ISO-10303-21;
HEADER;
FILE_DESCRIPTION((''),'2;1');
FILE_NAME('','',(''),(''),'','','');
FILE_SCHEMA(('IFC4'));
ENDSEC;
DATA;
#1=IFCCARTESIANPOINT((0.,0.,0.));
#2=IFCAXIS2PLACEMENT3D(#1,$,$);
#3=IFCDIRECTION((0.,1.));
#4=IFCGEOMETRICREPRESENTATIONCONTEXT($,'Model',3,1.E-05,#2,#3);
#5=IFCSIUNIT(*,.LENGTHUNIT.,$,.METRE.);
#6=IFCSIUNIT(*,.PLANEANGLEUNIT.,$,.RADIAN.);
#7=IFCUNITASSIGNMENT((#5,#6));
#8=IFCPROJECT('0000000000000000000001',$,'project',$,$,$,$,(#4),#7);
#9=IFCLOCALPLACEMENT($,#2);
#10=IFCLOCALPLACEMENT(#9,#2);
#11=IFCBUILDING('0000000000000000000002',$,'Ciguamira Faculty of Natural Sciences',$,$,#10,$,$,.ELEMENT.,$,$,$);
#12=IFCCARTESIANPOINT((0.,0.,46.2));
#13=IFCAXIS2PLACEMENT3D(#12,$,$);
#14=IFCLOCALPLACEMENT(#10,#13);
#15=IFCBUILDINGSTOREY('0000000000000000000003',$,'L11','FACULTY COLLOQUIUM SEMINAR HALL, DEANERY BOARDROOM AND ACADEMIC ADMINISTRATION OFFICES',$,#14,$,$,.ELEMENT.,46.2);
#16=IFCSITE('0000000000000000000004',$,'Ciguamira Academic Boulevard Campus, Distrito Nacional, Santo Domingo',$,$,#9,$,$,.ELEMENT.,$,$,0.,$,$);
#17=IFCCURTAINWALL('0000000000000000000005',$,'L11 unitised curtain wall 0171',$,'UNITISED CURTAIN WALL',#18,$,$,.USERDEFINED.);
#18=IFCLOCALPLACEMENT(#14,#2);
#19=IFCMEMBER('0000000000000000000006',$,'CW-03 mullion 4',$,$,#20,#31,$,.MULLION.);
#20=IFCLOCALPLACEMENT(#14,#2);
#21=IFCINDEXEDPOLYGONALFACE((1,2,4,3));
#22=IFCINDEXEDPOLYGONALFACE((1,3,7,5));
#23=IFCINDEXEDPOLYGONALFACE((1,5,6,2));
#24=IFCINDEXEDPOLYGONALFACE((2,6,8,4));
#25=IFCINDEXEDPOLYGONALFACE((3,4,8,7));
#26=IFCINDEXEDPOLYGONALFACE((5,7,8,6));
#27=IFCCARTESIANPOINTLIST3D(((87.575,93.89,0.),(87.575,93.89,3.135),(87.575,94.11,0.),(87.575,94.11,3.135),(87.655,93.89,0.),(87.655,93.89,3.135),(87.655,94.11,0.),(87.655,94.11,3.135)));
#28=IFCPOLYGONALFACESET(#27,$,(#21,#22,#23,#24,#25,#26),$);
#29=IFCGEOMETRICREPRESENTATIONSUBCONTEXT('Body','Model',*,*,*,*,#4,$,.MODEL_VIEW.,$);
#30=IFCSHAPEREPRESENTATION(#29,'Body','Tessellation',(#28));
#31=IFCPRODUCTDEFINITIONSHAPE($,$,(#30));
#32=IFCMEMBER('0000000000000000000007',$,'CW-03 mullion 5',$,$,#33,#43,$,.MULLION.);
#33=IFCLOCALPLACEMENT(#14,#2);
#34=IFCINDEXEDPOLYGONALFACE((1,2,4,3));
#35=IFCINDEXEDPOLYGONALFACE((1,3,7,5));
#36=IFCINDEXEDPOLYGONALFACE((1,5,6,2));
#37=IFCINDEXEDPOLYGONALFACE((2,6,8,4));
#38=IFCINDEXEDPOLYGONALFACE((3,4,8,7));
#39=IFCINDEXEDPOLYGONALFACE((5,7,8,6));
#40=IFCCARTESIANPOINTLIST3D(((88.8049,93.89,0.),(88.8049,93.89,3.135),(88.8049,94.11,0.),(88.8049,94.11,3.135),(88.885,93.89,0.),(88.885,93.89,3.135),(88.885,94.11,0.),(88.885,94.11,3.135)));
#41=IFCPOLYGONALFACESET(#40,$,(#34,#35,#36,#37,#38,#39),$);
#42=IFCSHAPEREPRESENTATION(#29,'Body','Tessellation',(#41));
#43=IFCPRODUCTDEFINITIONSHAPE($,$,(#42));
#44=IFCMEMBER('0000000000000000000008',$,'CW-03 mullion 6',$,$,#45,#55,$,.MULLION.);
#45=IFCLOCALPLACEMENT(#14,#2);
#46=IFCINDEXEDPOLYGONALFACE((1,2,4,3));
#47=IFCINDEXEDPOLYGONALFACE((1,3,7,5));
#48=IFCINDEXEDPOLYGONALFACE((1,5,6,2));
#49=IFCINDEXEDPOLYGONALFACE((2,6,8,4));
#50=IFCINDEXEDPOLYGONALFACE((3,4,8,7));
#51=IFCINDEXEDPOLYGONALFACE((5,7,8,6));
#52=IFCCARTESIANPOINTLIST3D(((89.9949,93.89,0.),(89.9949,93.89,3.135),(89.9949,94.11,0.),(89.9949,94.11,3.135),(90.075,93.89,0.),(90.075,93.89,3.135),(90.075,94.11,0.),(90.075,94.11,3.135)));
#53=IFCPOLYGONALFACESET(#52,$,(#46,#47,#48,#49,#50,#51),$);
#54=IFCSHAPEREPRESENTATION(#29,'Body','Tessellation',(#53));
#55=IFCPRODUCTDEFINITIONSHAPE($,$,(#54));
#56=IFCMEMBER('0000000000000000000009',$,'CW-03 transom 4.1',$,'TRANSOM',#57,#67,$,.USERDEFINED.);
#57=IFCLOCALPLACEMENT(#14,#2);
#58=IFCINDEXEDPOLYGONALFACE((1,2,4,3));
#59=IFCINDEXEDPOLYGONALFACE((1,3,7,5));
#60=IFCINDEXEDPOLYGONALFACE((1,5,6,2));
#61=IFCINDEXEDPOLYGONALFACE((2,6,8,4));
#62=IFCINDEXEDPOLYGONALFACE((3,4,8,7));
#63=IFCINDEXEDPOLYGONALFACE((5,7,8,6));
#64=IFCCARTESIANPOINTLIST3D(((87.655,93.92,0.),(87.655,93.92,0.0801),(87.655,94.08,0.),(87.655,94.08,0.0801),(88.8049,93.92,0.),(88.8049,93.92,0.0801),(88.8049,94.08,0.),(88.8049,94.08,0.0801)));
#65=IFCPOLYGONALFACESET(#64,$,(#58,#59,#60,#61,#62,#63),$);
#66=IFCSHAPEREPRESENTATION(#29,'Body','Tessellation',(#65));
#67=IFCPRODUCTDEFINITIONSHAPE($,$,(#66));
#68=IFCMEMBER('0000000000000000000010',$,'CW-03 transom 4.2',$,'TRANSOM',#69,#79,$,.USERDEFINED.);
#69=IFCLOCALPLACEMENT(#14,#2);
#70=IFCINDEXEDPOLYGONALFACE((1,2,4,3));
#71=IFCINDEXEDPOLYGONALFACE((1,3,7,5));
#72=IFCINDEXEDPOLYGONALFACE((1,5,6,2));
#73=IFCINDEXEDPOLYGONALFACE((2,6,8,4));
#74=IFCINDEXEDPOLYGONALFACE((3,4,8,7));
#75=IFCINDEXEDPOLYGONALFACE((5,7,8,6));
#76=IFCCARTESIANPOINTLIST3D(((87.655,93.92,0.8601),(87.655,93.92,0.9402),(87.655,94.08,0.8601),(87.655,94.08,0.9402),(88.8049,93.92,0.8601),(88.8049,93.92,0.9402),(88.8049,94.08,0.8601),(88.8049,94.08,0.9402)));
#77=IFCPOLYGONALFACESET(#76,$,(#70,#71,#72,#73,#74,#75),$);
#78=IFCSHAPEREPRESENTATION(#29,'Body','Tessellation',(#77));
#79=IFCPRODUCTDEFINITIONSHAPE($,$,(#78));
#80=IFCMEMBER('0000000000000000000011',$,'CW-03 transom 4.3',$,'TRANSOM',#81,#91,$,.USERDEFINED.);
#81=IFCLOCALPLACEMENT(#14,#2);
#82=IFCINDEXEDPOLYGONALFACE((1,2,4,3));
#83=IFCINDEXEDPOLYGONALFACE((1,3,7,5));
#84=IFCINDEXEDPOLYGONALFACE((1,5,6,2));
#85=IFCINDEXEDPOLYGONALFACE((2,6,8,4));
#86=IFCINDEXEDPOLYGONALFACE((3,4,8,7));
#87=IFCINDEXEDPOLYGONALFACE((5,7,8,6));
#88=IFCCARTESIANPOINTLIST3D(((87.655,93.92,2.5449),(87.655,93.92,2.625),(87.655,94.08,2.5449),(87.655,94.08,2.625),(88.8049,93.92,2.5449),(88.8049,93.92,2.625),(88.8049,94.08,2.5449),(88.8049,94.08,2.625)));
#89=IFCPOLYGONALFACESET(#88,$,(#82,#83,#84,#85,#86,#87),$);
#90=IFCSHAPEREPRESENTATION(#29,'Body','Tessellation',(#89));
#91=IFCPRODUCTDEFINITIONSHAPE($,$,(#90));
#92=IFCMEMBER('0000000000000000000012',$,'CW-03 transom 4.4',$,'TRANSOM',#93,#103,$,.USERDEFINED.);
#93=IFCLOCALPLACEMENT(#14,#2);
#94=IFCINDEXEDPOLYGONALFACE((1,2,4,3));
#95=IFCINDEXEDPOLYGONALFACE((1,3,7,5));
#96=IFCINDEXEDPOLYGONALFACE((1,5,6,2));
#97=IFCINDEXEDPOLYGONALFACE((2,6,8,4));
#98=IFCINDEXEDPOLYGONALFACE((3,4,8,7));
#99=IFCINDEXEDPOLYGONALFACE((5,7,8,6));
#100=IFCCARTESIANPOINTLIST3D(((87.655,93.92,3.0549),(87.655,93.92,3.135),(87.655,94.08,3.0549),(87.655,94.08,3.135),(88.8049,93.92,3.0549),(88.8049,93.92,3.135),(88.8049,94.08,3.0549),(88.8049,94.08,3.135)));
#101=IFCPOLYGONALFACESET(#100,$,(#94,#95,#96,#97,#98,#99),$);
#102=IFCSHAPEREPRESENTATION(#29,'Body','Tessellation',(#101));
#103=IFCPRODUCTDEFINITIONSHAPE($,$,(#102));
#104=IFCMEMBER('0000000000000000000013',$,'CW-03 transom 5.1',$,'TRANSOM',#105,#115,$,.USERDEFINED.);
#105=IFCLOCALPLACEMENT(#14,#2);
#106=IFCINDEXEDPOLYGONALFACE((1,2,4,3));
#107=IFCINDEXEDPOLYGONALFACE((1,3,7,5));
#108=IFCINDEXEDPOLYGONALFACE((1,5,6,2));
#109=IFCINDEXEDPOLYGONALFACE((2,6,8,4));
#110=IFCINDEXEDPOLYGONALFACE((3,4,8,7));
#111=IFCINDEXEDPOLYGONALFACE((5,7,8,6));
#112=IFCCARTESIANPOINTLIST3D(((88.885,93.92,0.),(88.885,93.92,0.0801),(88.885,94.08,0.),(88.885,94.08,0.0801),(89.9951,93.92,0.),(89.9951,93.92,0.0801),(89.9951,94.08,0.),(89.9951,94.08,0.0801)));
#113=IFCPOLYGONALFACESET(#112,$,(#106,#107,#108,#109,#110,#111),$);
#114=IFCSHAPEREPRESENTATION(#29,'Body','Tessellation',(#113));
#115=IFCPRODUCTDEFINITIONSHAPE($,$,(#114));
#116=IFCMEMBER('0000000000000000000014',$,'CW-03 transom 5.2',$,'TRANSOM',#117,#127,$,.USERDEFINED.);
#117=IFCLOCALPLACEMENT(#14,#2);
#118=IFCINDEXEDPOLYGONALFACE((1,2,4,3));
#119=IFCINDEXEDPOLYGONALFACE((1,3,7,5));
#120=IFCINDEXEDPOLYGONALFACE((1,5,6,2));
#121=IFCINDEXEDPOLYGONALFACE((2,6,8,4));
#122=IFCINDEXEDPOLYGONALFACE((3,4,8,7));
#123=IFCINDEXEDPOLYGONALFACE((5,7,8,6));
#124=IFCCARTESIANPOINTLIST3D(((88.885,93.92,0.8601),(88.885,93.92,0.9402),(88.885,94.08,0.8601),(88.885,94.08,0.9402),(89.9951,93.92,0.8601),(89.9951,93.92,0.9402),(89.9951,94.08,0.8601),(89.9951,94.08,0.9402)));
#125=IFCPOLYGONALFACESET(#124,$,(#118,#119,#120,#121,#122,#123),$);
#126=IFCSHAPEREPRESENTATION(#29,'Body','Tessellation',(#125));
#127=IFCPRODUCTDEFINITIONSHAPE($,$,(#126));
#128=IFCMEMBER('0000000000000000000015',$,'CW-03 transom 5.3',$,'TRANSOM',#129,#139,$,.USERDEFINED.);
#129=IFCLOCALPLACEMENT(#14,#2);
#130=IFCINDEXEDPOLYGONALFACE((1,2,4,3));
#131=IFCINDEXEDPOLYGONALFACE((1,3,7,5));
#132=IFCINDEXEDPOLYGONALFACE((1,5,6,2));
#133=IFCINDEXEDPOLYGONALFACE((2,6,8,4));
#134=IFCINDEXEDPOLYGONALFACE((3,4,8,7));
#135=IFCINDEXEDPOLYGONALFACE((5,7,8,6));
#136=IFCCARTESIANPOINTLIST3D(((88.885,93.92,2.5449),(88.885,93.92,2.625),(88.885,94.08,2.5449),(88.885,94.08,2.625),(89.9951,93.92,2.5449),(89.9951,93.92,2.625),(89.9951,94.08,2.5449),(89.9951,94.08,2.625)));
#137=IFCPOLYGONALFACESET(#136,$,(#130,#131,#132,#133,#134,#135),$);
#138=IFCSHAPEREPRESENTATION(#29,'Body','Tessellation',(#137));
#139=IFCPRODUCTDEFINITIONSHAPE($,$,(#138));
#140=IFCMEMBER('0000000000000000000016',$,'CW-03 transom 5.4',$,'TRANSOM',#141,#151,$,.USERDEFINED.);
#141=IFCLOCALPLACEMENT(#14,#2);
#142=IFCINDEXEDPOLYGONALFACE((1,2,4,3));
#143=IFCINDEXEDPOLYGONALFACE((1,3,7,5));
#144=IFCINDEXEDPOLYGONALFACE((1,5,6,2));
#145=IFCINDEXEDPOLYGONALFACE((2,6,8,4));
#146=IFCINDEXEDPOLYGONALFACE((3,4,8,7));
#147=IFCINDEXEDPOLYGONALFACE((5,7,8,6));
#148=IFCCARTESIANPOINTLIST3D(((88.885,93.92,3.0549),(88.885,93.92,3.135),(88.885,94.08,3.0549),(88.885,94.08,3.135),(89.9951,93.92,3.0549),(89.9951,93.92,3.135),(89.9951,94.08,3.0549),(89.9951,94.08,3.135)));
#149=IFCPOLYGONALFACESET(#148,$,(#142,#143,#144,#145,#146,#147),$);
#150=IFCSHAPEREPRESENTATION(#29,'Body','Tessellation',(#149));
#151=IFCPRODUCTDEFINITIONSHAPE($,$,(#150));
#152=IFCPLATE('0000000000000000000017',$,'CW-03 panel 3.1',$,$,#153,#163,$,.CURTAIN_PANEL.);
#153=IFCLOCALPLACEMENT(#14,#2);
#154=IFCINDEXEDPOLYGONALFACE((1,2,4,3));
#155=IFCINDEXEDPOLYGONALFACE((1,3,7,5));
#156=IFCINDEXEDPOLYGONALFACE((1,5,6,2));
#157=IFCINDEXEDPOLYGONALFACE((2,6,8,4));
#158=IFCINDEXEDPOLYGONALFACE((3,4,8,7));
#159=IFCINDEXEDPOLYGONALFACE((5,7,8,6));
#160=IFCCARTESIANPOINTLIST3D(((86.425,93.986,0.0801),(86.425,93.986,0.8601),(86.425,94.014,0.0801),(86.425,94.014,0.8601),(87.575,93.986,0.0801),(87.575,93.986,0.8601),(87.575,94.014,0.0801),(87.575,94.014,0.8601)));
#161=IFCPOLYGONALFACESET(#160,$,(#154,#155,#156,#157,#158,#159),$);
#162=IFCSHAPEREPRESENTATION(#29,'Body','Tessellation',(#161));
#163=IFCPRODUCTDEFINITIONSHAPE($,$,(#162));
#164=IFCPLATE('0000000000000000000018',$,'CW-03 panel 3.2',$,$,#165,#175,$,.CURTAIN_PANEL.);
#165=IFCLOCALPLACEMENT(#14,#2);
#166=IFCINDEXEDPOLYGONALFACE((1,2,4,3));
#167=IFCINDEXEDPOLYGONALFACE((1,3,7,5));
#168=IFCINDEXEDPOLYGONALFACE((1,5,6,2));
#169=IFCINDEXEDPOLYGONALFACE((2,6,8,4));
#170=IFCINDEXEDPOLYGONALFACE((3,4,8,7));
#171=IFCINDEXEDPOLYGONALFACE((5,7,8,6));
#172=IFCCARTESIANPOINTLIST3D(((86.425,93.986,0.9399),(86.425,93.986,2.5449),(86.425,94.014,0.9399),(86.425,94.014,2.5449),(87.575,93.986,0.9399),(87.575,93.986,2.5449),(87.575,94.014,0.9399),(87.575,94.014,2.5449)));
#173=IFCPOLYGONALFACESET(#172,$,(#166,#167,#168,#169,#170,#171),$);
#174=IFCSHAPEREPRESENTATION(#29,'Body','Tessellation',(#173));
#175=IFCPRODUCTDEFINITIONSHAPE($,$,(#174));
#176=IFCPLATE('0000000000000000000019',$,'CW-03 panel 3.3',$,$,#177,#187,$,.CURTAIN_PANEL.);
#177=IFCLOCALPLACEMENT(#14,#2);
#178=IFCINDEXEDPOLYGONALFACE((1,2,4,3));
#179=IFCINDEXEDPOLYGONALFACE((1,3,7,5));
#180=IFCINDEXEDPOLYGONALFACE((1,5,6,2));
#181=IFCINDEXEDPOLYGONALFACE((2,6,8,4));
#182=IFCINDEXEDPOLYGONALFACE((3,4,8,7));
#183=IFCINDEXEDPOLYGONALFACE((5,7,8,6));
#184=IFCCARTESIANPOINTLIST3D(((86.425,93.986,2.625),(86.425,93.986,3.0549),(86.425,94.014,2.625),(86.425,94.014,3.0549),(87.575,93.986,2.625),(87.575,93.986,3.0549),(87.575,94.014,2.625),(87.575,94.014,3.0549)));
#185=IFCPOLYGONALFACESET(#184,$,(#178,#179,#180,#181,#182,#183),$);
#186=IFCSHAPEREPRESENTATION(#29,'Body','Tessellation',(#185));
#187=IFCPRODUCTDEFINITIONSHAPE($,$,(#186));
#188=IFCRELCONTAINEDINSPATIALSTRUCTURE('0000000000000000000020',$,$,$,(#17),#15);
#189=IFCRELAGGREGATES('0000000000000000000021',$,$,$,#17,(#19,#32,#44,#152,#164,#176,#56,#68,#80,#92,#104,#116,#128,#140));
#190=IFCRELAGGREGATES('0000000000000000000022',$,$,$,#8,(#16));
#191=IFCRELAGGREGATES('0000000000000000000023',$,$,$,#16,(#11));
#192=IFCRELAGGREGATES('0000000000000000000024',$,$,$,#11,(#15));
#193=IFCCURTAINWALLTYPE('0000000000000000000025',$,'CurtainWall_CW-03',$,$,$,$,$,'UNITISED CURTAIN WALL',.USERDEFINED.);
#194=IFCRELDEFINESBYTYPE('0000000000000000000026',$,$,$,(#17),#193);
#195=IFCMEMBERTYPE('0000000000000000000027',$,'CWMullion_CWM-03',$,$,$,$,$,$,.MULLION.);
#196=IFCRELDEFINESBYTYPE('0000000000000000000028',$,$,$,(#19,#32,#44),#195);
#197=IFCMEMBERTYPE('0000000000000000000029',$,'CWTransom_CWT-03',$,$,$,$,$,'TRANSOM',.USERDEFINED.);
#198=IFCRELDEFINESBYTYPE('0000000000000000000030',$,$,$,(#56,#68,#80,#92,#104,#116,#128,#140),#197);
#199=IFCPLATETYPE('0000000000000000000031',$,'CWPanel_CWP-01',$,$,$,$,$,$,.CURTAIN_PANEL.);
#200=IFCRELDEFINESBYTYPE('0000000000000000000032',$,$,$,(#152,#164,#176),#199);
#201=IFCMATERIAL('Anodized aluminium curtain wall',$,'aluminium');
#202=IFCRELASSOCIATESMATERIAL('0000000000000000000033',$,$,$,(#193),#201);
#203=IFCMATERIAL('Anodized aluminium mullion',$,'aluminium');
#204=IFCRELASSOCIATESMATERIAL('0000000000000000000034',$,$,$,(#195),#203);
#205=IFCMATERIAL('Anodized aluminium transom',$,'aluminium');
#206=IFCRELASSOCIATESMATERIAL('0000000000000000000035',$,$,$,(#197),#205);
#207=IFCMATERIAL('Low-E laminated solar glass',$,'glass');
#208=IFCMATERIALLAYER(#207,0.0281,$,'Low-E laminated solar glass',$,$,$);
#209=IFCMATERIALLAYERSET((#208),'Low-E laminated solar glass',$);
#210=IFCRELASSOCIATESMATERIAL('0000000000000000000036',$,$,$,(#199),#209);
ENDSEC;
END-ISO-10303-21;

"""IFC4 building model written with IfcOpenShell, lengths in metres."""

from ifc_helpers import new_model, si_unit, direction, frame, origin, origin_2d, place, context, subcontext, project, spatial, rectangle, extrude, material, layer, layer_set, material_profile, profile_set, type_object, element, aggregate, save


model = new_model("IFC4")

# Units and contexts
model_context = context("Model", 3, precision=1e-05, world=origin(), true_north=direction((0.0, 1.0)))
body_context = subcontext(model_context, "Body", "Model", "MODEL_VIEW")
ifc_project = project(units=[si_unit("LENGTHUNIT", "METRE"), si_unit("PLANEANGLEUNIT", "RADIAN")], contexts=[model_context])

# Site, building, storey
site_placement = place(None, origin())
site = spatial("IfcSite", under=ifc_project, at=site_placement, Name="Ciguamira Academic Boulevard Campus, Distrito Nacional, Santo Domingo", CompositionType="ELEMENT", RefElevation=0.0)
building_placement = place(site_placement, origin())
building = spatial("IfcBuilding", under=site, at=building_placement, Name="Ciguamira Faculty of Natural Sciences", CompositionType="ELEMENT")
storey_placement = place(building_placement, frame((0.0, 0.0, 46.2)))
storey = spatial("IfcBuildingStorey", under=building, at=storey_placement, Name="L11", Description="FACULTY COLLOQUIUM SEMINAR HALL, DEANERY BOARDROOM AND ACADEMIC ADMINISTRATION OFFICES", CompositionType="ELEMENT", Elevation=46.2)

# Curtain wall, members, plates
ifc_material_1 = material(Name="Anodized aluminium curtain wall", Category="aluminium")
curtain_wall_type = type_object("IfcCurtainWallType", Name="CurtainWall_CW-03", ElementType="UNITISED CURTAIN WALL", PredefinedType="USERDEFINED", material=ifc_material_1)
curtain_wall_placement = place(storey_placement, origin())
curtain_wall = element("IfcCurtainWall", 1, at=curtain_wall_placement, inside=storey, type_object=curtain_wall_type, Name="L11 unitised curtain wall 0171", ObjectType="UNITISED CURTAIN WALL", PredefinedType="USERDEFINED")
ifc_material_2 = material(Name="Anodized aluminium mullion", Category="aluminium")
ifc_material_profile_1 = material_profile(ifc_material_2, rectangle(XDim=0.0801, YDim=0.22, at=origin_2d()), Name="ALU-MUL-80X220")
ifc_profile_set_1 = profile_set([ifc_material_profile_1], Name="Anodized aluminium mullion")
member_type_1 = type_object("IfcMemberType", Name="CWMullion_CWM-03", PredefinedType="MULLION", material=ifc_profile_set_1)
member_1_placement = place(storey_placement, frame((87.615, 94.0, 0.0), z_axis=(0.0, 0.0, 1.0), x_axis=(1.0, 0.0, 0.0)))
member_1 = element("IfcMember", 2, at=member_1_placement, type_object=member_type_1, Name="CW-03 mullion 4", PredefinedType="MULLION", context=body_context, shape_type="SweptSolid", body=[
    extrude(rectangle(XDim=0.0801, YDim=0.22, at=origin_2d()), origin(), (0.0, 0.0, 1.0), 3.135),
])
member_2_placement = place(storey_placement, frame((88.845, 94.0, 0.0), z_axis=(0.0, 0.0, 1.0), x_axis=(1.0, 0.0, 0.0)))
member_2 = element("IfcMember", 3, at=member_2_placement, type_object=member_type_1, Name="CW-03 mullion 5", PredefinedType="MULLION", context=body_context, shape_type="SweptSolid", body=[
    extrude(rectangle(XDim=0.0801, YDim=0.22, at=origin_2d()), origin(), (0.0, 0.0, 1.0), 3.135),
])
member_3_placement = place(storey_placement, frame((90.0349, 94.0, 0.0), z_axis=(0.0, 0.0, 1.0), x_axis=(1.0, 0.0, 0.0)))
member_3 = element("IfcMember", 4, at=member_3_placement, type_object=member_type_1, Name="CW-03 mullion 6", PredefinedType="MULLION", context=body_context, shape_type="SweptSolid", body=[
    extrude(rectangle(XDim=0.0801, YDim=0.22, at=origin_2d()), origin(), (0.0, 0.0, 1.0), 3.135),
])
ifc_material_3 = material(Name="Anodized aluminium transom", Category="aluminium")
ifc_material_profile_2 = material_profile(ifc_material_3, rectangle(XDim=0.0801, YDim=0.1599, at=origin_2d()), Name="ALU-TRN-80X160")
ifc_profile_set_2 = profile_set([ifc_material_profile_2], Name="Anodized aluminium transom")
member_type_2 = type_object("IfcMemberType", Name="CWTransom_CWT-03", ElementType="TRANSOM", PredefinedType="USERDEFINED", material=ifc_profile_set_2)
member_4_placement = place(storey_placement, frame((87.655, 94.0, 0.04), z_axis=(1.0, 0.0, 0.0), x_axis=(0.0, 0.0, 1.0)))
member_4 = element("IfcMember", 5, at=member_4_placement, type_object=member_type_2, Name="CW-03 transom 4.1", ObjectType="TRANSOM", PredefinedType="USERDEFINED", context=body_context, shape_type="SweptSolid", body=[
    extrude(rectangle(XDim=0.0801, YDim=0.1599, at=origin_2d()), origin(), (0.0, 0.0, 1.0), 1.1499),
])
member_5_placement = place(storey_placement, frame((87.655, 94.0, 0.9001), z_axis=(1.0, 0.0, 0.0), x_axis=(0.0, 0.0, 1.0)))
member_5 = element("IfcMember", 6, at=member_5_placement, type_object=member_type_2, Name="CW-03 transom 4.2", ObjectType="TRANSOM", PredefinedType="USERDEFINED", context=body_context, shape_type="SweptSolid", body=[
    extrude(rectangle(XDim=0.0801, YDim=0.1599, at=origin_2d()), origin(), (0.0, 0.0, 1.0), 1.1499),
])
member_6_placement = place(storey_placement, frame((87.655, 94.0, 2.585), z_axis=(1.0, 0.0, 0.0), x_axis=(0.0, 0.0, 1.0)))
member_6 = element("IfcMember", 7, at=member_6_placement, type_object=member_type_2, Name="CW-03 transom 4.3", ObjectType="TRANSOM", PredefinedType="USERDEFINED", context=body_context, shape_type="SweptSolid", body=[
    extrude(rectangle(XDim=0.0801, YDim=0.1599, at=origin_2d()), origin(), (0.0, 0.0, 1.0), 1.1499),
])
member_7_placement = place(storey_placement, frame((87.655, 94.0, 3.095), z_axis=(1.0, 0.0, 0.0), x_axis=(0.0, 0.0, 1.0)))
member_7 = element("IfcMember", 8, at=member_7_placement, type_object=member_type_2, Name="CW-03 transom 4.4", ObjectType="TRANSOM", PredefinedType="USERDEFINED", context=body_context, shape_type="SweptSolid", body=[
    extrude(rectangle(XDim=0.0801, YDim=0.1599, at=origin_2d()), origin(), (0.0, 0.0, 1.0), 1.1499),
])
member_8_placement = place(storey_placement, frame((88.885, 94.0, 0.04), z_axis=(1.0, 0.0, 0.0), x_axis=(0.0, 0.0, 1.0)))
member_8 = element("IfcMember", 9, at=member_8_placement, type_object=member_type_2, Name="CW-03 transom 5.1", ObjectType="TRANSOM", PredefinedType="USERDEFINED", context=body_context, shape_type="SweptSolid", body=[
    extrude(rectangle(XDim=0.0801, YDim=0.1599, at=origin_2d()), origin(), (0.0, 0.0, 1.0), 1.1101),
])
member_9_placement = place(storey_placement, frame((88.885, 94.0, 0.9001), z_axis=(1.0, 0.0, 0.0), x_axis=(0.0, 0.0, 1.0)))
member_9 = element("IfcMember", 10, at=member_9_placement, type_object=member_type_2, Name="CW-03 transom 5.2", ObjectType="TRANSOM", PredefinedType="USERDEFINED", context=body_context, shape_type="SweptSolid", body=[
    extrude(rectangle(XDim=0.0801, YDim=0.1599, at=origin_2d()), origin(), (0.0, 0.0, 1.0), 1.1101),
])
member_10_placement = place(storey_placement, frame((88.885, 94.0, 2.585), z_axis=(1.0, 0.0, 0.0), x_axis=(0.0, 0.0, 1.0)))
member_10 = element("IfcMember", 11, at=member_10_placement, type_object=member_type_2, Name="CW-03 transom 5.3", ObjectType="TRANSOM", PredefinedType="USERDEFINED", context=body_context, shape_type="SweptSolid", body=[
    extrude(rectangle(XDim=0.0801, YDim=0.1599, at=origin_2d()), origin(), (0.0, 0.0, 1.0), 1.1101),
])
member_11_placement = place(storey_placement, frame((88.885, 94.0, 3.095), z_axis=(1.0, 0.0, 0.0), x_axis=(0.0, 0.0, 1.0)))
member_11 = element("IfcMember", 12, at=member_11_placement, type_object=member_type_2, Name="CW-03 transom 5.4", ObjectType="TRANSOM", PredefinedType="USERDEFINED", context=body_context, shape_type="SweptSolid", body=[
    extrude(rectangle(XDim=0.0801, YDim=0.1599, at=origin_2d()), origin(), (0.0, 0.0, 1.0), 1.1101),
])
ifc_material_4 = material(Name="Low-E laminated solar glass", Category="glass")
ifc_layer_1 = layer(ifc_material_4, 0.0281, Name="Low-E laminated solar glass")
ifc_layer_set_1 = layer_set([ifc_layer_1], Name="Low-E laminated solar glass")
plate_type = type_object("IfcPlateType", Name="CWPanel_CWP-01", PredefinedType="CURTAIN_PANEL", material=ifc_layer_set_1)
plate_1_placement = place(storey_placement, frame((87.0, 94.0, 0.0801), z_axis=(0.0, 0.0, 1.0), x_axis=(1.0, 0.0, 0.0)))
plate_1 = element("IfcPlate", 13, at=plate_1_placement, type_object=plate_type, Name="CW-03 panel 3.1", PredefinedType="CURTAIN_PANEL", context=body_context, shape_type="SweptSolid", body=[
    extrude(rectangle(XDim=1.1499, YDim=0.0281, at=origin_2d()), origin(), (0.0, 0.0, 1.0), 0.78),
])
plate_2_placement = place(storey_placement, frame((87.0, 94.0, 0.9399), z_axis=(0.0, 0.0, 1.0), x_axis=(1.0, 0.0, 0.0)))
plate_2 = element("IfcPlate", 14, at=plate_2_placement, type_object=plate_type, Name="CW-03 panel 3.2", PredefinedType="CURTAIN_PANEL", context=body_context, shape_type="SweptSolid", body=[
    extrude(rectangle(XDim=1.1499, YDim=0.0281, at=origin_2d()), origin(), (0.0, 0.0, 1.0), 1.605),
])
plate_3_placement = place(storey_placement, frame((87.0, 94.0, 2.625), z_axis=(0.0, 0.0, 1.0), x_axis=(1.0, 0.0, 0.0)))
plate_3 = element("IfcPlate", 15, at=plate_3_placement, type_object=plate_type, Name="CW-03 panel 3.3", PredefinedType="CURTAIN_PANEL", context=body_context, shape_type="SweptSolid", body=[
    extrude(rectangle(XDim=1.1499, YDim=0.0281, at=origin_2d()), origin(), (0.0, 0.0, 1.0), 0.4299),
])
aggregate(curtain_wall, [member_1, member_2, member_3, plate_1, plate_2, plate_3, member_4, member_5, member_6, member_7, member_8, member_9, member_10, member_11])

save(model, "model.ifc")
